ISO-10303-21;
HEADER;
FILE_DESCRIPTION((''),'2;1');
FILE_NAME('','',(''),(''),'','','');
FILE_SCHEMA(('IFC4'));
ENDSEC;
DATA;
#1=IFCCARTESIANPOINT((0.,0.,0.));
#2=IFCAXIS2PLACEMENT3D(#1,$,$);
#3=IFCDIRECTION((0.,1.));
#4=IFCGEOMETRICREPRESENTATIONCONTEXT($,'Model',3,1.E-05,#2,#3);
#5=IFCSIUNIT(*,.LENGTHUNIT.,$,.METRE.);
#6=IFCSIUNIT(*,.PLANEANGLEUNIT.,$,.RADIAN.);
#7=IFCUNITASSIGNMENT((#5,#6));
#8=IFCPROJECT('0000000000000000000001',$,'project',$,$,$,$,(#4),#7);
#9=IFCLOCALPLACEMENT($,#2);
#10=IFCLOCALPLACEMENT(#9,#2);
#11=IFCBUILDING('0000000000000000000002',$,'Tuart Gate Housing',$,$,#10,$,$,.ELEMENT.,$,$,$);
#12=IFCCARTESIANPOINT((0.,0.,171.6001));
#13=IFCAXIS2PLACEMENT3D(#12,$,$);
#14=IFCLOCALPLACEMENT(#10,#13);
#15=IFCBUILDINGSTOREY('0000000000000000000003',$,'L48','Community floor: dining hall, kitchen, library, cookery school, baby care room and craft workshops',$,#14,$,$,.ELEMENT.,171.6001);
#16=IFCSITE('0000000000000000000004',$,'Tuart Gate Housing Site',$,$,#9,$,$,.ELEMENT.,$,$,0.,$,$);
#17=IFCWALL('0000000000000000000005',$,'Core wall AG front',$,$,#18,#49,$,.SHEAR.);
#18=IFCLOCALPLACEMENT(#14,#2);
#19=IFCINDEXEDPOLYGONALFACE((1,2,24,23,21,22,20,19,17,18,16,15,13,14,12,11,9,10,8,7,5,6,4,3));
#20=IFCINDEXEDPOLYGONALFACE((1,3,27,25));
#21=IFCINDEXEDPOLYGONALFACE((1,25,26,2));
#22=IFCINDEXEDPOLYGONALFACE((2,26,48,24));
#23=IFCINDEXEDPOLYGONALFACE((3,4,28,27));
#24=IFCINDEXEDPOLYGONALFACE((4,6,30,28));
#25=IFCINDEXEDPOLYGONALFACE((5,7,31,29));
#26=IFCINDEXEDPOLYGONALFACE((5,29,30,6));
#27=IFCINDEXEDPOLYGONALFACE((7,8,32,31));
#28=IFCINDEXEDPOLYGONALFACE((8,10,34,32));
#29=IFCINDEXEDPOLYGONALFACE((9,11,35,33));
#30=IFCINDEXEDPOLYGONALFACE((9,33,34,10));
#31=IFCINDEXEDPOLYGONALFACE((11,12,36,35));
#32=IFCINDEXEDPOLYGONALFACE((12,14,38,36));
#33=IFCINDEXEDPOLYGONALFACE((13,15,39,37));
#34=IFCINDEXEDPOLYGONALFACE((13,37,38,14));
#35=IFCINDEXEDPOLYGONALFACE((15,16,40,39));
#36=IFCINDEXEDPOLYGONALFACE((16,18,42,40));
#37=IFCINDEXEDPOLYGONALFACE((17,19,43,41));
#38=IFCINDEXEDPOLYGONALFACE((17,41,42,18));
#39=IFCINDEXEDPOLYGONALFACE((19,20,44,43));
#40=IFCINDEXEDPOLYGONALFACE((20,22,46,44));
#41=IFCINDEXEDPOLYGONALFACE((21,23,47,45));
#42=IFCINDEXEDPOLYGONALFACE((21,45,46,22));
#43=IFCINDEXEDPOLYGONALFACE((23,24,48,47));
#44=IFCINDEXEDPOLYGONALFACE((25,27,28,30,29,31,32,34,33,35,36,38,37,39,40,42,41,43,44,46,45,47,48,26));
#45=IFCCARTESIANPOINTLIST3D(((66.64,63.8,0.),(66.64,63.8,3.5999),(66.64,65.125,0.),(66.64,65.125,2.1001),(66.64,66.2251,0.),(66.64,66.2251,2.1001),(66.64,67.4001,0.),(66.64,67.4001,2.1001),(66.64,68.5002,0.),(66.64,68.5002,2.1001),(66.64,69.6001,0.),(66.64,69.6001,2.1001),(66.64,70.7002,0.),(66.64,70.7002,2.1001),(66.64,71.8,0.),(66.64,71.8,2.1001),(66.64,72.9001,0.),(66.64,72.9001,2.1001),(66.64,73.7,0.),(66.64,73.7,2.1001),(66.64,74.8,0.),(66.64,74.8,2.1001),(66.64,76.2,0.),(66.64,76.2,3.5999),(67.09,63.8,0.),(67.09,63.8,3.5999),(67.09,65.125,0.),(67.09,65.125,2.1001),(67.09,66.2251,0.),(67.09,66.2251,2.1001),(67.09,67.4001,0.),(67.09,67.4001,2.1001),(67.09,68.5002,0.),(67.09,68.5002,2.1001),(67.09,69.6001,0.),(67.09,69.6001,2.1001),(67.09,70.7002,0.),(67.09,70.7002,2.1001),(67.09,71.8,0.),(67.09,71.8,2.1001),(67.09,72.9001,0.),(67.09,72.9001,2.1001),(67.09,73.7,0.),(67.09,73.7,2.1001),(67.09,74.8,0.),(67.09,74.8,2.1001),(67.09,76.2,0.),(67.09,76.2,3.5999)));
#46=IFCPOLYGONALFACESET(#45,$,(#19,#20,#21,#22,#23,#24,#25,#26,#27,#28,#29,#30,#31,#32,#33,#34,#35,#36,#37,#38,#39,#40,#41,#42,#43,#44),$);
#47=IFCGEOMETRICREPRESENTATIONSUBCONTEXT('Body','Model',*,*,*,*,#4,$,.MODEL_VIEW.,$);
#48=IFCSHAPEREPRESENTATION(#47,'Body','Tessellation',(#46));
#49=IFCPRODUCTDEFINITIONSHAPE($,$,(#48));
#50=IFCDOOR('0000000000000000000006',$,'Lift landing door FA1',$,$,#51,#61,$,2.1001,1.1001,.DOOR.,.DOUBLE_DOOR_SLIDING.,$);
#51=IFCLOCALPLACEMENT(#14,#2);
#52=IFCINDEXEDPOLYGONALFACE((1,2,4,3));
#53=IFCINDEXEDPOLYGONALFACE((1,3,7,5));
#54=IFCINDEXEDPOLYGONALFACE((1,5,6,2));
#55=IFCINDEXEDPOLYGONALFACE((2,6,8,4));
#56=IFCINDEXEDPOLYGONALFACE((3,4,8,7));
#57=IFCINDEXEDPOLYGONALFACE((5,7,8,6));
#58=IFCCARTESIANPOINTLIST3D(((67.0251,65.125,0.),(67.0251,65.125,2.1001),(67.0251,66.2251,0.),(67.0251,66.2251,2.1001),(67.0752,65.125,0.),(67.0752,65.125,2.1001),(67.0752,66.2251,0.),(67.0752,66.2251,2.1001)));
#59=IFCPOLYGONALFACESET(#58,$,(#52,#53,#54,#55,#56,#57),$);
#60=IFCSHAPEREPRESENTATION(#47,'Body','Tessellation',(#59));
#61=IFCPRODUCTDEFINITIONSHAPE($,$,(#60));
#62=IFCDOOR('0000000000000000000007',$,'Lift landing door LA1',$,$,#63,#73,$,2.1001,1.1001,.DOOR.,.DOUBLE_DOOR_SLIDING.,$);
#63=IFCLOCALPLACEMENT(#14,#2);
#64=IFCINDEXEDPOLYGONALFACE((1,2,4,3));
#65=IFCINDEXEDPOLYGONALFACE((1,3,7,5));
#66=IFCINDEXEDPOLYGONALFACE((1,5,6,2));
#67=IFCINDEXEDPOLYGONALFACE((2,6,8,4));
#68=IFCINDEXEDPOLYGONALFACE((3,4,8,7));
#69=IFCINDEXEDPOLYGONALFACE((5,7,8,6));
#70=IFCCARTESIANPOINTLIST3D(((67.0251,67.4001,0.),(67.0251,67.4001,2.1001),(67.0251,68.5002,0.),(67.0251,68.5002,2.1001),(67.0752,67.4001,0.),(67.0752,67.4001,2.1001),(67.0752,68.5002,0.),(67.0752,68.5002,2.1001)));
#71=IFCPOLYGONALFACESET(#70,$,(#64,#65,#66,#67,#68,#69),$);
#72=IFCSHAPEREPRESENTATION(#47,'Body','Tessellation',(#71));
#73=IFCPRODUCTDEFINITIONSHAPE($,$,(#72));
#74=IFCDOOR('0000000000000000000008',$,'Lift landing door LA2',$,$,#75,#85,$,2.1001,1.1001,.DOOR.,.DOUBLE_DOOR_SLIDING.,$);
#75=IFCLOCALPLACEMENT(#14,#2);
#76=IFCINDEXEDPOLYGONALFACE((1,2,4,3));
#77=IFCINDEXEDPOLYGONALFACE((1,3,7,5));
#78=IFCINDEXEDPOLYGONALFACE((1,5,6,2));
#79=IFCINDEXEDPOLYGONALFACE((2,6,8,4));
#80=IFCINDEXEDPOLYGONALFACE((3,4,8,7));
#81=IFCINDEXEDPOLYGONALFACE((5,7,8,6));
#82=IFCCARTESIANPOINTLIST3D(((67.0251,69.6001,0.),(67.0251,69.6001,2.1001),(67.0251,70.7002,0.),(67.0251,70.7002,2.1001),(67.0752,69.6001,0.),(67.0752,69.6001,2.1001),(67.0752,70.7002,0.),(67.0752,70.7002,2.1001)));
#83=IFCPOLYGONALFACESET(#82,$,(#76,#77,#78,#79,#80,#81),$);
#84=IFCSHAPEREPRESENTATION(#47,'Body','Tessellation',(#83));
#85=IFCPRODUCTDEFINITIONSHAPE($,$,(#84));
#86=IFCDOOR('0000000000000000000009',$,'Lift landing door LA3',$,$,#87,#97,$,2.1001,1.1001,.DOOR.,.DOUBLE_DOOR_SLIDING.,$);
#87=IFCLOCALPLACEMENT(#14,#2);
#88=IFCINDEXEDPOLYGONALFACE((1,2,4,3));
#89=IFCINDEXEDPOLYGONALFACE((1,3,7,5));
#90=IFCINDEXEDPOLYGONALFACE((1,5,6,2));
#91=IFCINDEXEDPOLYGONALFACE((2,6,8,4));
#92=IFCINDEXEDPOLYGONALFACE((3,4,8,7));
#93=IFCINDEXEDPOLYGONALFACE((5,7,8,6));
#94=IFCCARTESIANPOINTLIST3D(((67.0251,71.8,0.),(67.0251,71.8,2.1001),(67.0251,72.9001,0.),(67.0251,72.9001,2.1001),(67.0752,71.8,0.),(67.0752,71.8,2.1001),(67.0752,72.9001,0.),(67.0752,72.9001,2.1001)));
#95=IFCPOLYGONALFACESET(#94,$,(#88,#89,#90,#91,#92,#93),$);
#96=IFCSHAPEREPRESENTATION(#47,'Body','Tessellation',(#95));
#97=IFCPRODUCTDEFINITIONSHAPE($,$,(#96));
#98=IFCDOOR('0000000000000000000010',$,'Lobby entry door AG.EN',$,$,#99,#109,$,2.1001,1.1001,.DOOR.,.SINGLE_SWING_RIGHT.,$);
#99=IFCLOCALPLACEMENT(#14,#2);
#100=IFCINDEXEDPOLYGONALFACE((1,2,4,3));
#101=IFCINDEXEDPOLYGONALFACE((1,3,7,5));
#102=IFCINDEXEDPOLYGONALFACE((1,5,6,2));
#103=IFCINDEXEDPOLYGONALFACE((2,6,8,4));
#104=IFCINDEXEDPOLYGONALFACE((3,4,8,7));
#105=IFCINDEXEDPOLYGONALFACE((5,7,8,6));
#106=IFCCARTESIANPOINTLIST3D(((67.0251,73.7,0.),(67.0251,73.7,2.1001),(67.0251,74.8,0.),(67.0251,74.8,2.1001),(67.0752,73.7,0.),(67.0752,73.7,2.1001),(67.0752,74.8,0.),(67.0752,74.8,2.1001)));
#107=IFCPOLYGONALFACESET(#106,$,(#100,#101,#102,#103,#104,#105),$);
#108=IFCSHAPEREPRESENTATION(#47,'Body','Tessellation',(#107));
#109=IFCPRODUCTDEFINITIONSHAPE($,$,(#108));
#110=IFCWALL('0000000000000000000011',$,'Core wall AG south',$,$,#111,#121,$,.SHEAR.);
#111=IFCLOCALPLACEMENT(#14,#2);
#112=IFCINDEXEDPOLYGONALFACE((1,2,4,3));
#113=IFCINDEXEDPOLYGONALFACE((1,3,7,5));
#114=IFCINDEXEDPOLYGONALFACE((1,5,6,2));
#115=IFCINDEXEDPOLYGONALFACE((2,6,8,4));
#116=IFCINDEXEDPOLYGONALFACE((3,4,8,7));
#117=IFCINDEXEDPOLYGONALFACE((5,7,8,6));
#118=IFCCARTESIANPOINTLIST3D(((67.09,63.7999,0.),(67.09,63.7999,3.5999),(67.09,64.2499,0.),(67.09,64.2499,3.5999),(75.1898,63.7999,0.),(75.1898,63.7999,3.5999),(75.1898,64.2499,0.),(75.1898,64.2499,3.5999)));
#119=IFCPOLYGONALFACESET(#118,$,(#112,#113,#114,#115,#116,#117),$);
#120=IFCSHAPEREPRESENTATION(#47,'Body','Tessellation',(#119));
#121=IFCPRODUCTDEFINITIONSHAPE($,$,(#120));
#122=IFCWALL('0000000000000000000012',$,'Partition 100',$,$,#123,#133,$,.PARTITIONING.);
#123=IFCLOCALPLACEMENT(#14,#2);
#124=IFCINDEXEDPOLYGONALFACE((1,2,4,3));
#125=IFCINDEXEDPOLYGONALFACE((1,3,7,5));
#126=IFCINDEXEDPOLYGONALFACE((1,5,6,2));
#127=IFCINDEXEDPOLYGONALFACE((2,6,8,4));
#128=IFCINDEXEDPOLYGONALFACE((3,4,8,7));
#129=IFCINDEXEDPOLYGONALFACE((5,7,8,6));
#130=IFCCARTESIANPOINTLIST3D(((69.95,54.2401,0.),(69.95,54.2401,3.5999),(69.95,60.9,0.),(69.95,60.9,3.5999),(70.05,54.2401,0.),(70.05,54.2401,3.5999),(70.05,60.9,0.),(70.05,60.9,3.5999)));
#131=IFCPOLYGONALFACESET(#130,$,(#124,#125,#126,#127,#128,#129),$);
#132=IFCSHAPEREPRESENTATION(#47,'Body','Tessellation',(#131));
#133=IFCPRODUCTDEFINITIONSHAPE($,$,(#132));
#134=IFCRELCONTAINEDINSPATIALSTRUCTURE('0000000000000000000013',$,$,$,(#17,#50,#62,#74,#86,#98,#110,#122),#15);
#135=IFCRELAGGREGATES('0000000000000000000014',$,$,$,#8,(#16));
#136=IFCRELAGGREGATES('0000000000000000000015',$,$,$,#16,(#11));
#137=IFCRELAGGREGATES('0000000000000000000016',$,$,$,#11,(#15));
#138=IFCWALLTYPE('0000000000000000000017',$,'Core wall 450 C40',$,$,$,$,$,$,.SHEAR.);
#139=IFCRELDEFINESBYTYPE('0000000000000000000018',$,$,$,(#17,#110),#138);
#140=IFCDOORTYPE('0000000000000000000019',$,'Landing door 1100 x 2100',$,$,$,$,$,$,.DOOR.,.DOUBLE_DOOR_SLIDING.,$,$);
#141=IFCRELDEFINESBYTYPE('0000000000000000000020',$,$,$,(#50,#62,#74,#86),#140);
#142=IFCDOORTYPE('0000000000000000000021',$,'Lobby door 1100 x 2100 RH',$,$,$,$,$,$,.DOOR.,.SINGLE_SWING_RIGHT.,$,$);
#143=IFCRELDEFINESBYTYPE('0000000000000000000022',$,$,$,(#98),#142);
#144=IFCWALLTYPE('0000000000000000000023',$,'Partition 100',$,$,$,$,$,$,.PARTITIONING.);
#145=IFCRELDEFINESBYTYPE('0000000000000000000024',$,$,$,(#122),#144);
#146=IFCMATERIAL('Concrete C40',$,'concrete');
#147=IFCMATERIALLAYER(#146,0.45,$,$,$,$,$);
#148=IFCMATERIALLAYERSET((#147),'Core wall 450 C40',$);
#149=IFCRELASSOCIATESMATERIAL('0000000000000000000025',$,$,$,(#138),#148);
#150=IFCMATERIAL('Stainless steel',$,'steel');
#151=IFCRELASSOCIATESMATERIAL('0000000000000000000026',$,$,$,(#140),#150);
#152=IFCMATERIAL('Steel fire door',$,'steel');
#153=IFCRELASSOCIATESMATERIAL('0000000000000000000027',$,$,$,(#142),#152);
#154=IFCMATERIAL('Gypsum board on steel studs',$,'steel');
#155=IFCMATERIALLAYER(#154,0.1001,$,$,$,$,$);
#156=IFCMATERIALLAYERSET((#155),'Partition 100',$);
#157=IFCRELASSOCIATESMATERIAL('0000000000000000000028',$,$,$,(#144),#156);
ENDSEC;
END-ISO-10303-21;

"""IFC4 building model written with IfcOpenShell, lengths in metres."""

from ifc_helpers import new_model, si_unit, direction, frame, frame_2d, origin, place, context, subcontext, project, spatial, rectangle, extrude, material, layer, layer_set, type_object, element, fill, save


model = new_model("IFC4")

# Units and contexts
model_context = context("Model", 3, precision=1e-05, world=origin(), true_north=direction((0.0, 1.0)))
body_context = subcontext(model_context, "Body", "Model", "MODEL_VIEW")
ifc_project = project(units=[si_unit("LENGTHUNIT", "METRE"), si_unit("PLANEANGLEUNIT", "RADIAN")], contexts=[model_context])

# Site, building, storey
site_placement = place(None, origin())
site = spatial("IfcSite", under=ifc_project, at=site_placement, Name="Tuart Gate Housing Site", CompositionType="ELEMENT", RefElevation=0.0)
building_placement = place(site_placement, origin())
building = spatial("IfcBuilding", under=site, at=building_placement, Name="Tuart Gate Housing", CompositionType="ELEMENT")
storey_placement = place(building_placement, frame((0.0, 0.0, 171.6001)))
storey = spatial("IfcBuildingStorey", under=building, at=storey_placement, Name="L48", Description="Community floor: dining hall, kitchen, library, cookery school, baby care room and craft workshops", CompositionType="ELEMENT", Elevation=171.6001)

# Wall, openings, doors
ifc_material_1 = material(Name="Concrete C40", Category="concrete")
ifc_layer_1 = layer(ifc_material_1, 0.45)
ifc_layer_set_1 = layer_set([ifc_layer_1], Name="Core wall 450 C40")
wall_type_1 = type_object("IfcWallType", Name="Core wall 450 C40", PredefinedType="SHEAR", material=ifc_layer_set_1)
wall_1_placement = place(storey_placement, frame((66.865, 63.8, 0.0), z_axis=(0.0, 0.0, 1.0), x_axis=(0.0, 1.0, 0.0)))
wall_1 = element("IfcWall", 1, at=wall_1_placement, inside=storey, type_object=wall_type_1, Name="Core wall AG front", PredefinedType="SHEAR", context=body_context, shape_type="SweptSolid", body=[
    extrude(rectangle(XDim=12.3999, YDim=0.45, at=frame_2d((6.2, 0.0))), origin(), (0.0, 0.0, 1.0), 3.5999),
])
opening_1_placement = place(wall_1_placement, frame((1.325, 0.0, 0.0)))
opening_1 = element("IfcOpeningElement", 2, at=opening_1_placement, cuts=wall_1, PredefinedType="OPENING", context=body_context, shape_type="SweptSolid", body=[
    extrude(rectangle(XDim=1.1001, YDim=2.1001, at=frame_2d((0.55, 1.05))), frame((0.0, 0.2349, 0.0), z_axis=(0.0, -1.0, 0.0), x_axis=(1.0, 0.0, 0.0)), (0.0, 0.0, 1.0), 0.47),
])
opening_2_placement = place(wall_1_placement, frame((3.6001, 0.0, 0.0)))
opening_2 = element("IfcOpeningElement", 3, at=opening_2_placement, cuts=wall_1, PredefinedType="OPENING", context=body_context, shape_type="SweptSolid", body=[
    extrude(rectangle(XDim=1.1001, YDim=2.1001, at=frame_2d((0.55, 1.05))), frame((0.0, 0.2349, 0.0), z_axis=(0.0, -1.0, 0.0), x_axis=(1.0, 0.0, 0.0)), (0.0, 0.0, 1.0), 0.47),
])
opening_3_placement = place(wall_1_placement, frame((5.8, 0.0, 0.0)))
opening_3 = element("IfcOpeningElement", 4, at=opening_3_placement, cuts=wall_1, PredefinedType="OPENING", context=body_context, shape_type="SweptSolid", body=[
    extrude(rectangle(XDim=1.1001, YDim=2.1001, at=frame_2d((0.55, 1.05))), frame((0.0, 0.2349, 0.0), z_axis=(0.0, -1.0, 0.0), x_axis=(1.0, 0.0, 0.0)), (0.0, 0.0, 1.0), 0.47),
])
opening_4_placement = place(wall_1_placement, frame((8.0, 0.0, 0.0)))
opening_4 = element("IfcOpeningElement", 5, at=opening_4_placement, cuts=wall_1, PredefinedType="OPENING", context=body_context, shape_type="SweptSolid", body=[
    extrude(rectangle(XDim=1.1001, YDim=2.1001, at=frame_2d((0.55, 1.05))), frame((0.0, 0.2349, 0.0), z_axis=(0.0, -1.0, 0.0), x_axis=(1.0, 0.0, 0.0)), (0.0, 0.0, 1.0), 0.47),
])
opening_5_placement = place(wall_1_placement, frame((9.8999, 0.0, 0.0)))
opening_5 = element("IfcOpeningElement", 6, at=opening_5_placement, cuts=wall_1, PredefinedType="OPENING", context=body_context, shape_type="SweptSolid", body=[
    extrude(rectangle(XDim=1.1001, YDim=2.1001, at=frame_2d((0.55, 1.05))), frame((0.0, 0.2349, 0.0), z_axis=(0.0, -1.0, 0.0), x_axis=(1.0, 0.0, 0.0)), (0.0, 0.0, 1.0), 0.47),
])
ifc_material_2 = material(Name="Stainless steel", Category="steel")
door_type_1 = type_object("IfcDoorType", Name="Landing door 1100 x 2100", OperationType="DOUBLE_DOOR_SLIDING", PredefinedType="DOOR", material=ifc_material_2)
door_1_placement = place(opening_1_placement, origin())
door_1 = element("IfcDoor", 7, at=door_1_placement, inside=storey, type_object=door_type_1, Name="Lift landing door FA1", OperationType="DOUBLE_DOOR_SLIDING", OverallHeight=2.1001, OverallWidth=1.1001, PredefinedType="DOOR", context=body_context, shape_type="SweptSolid", body=[
    extrude(rectangle(XDim=1.1001, YDim=2.1001, at=frame_2d((0.55, 1.05))), frame((0.0, -0.1602, 0.0), z_axis=(0.0, -1.0, 0.0), x_axis=(1.0, 0.0, 0.0)), (0.0, 0.0, 1.0), 0.05),
])
fill(opening_1, door_1)
door_2_placement = place(opening_2_placement, origin())
door_2 = element("IfcDoor", 8, at=door_2_placement, inside=storey, type_object=door_type_1, Name="Lift landing door LA1", OperationType="DOUBLE_DOOR_SLIDING", OverallHeight=2.1001, OverallWidth=1.1001, PredefinedType="DOOR", context=body_context, shape_type="SweptSolid", body=[
    extrude(rectangle(XDim=1.1001, YDim=2.1001, at=frame_2d((0.55, 1.05))), frame((0.0, -0.1602, 0.0), z_axis=(0.0, -1.0, 0.0), x_axis=(1.0, 0.0, 0.0)), (0.0, 0.0, 1.0), 0.05),
])
fill(opening_2, door_2)
door_3_placement = place(opening_3_placement, origin())
door_3 = element("IfcDoor", 9, at=door_3_placement, inside=storey, type_object=door_type_1, Name="Lift landing door LA2", OperationType="DOUBLE_DOOR_SLIDING", OverallHeight=2.1001, OverallWidth=1.1001, PredefinedType="DOOR", context=body_context, shape_type="SweptSolid", body=[
    extrude(rectangle(XDim=1.1001, YDim=2.1001, at=frame_2d((0.55, 1.05))), frame((0.0, -0.1602, 0.0), z_axis=(0.0, -1.0, 0.0), x_axis=(1.0, 0.0, 0.0)), (0.0, 0.0, 1.0), 0.05),
])
fill(opening_3, door_3)
door_4_placement = place(opening_4_placement, origin())
door_4 = element("IfcDoor", 10, at=door_4_placement, inside=storey, type_object=door_type_1, Name="Lift landing door LA3", OperationType="DOUBLE_DOOR_SLIDING", OverallHeight=2.1001, OverallWidth=1.1001, PredefinedType="DOOR", context=body_context, shape_type="SweptSolid", body=[
    extrude(rectangle(XDim=1.1001, YDim=2.1001, at=frame_2d((0.55, 1.05))), frame((0.0, -0.1602, 0.0), z_axis=(0.0, -1.0, 0.0), x_axis=(1.0, 0.0, 0.0)), (0.0, 0.0, 1.0), 0.05),
])
fill(opening_4, door_4)
ifc_material_3 = material(Name="Steel fire door", Category="steel")
door_type_2 = type_object("IfcDoorType", Name="Lobby door 1100 x 2100 RH", OperationType="SINGLE_SWING_RIGHT", PredefinedType="DOOR", material=ifc_material_3)
door_5_placement = place(opening_5_placement, frame((1.1001, 0.0, 0.0), z_axis=(0.0, 0.0, 1.0), x_axis=(-1.0, 0.0, 0.0)))
door_5 = element("IfcDoor", 11, at=door_5_placement, inside=storey, type_object=door_type_2, Name="Lobby entry door AG.EN", OperationType="SINGLE_SWING_RIGHT", OverallHeight=2.1001, OverallWidth=1.1001, PredefinedType="DOOR", context=body_context, shape_type="SweptSolid", body=[
    extrude(rectangle(XDim=1.1001, YDim=2.1001, at=frame_2d((0.55, 1.05))), frame((0.0, 0.2102, 0.0), z_axis=(0.0, -1.0, 0.0), x_axis=(1.0, 0.0, 0.0)), (0.0, 0.0, 1.0), 0.05),
])
fill(opening_5, door_5)

# Walls
wall_2_placement = place(storey_placement, frame((67.0901, 64.0249, 0.0), z_axis=(0.0, 0.0, 1.0), x_axis=(1.0, 0.0, 0.0)))
element("IfcWall", 12, at=wall_2_placement, inside=storey, type_object=wall_type_1, Name="Core wall AG south", PredefinedType="SHEAR", context=body_context, shape_type="SweptSolid", body=[
    extrude(rectangle(XDim=8.0999, YDim=0.45, at=frame_2d((4.0498, 0.0))), origin(), (0.0, 0.0, 1.0), 3.5999),
])
ifc_material_4 = material(Name="Gypsum board on steel studs", Category="steel")
ifc_layer_2 = layer(ifc_material_4, 0.1001)
ifc_layer_set_2 = layer_set([ifc_layer_2], Name="Partition 100")
wall_type_2 = type_object("IfcWallType", Name="Partition 100", PredefinedType="PARTITIONING", material=ifc_layer_set_2)
wall_3_placement = place(storey_placement, frame((70.0, 54.24, 0.0), z_axis=(0.0, 0.0, 1.0), x_axis=(0.0, 1.0, 0.0)))
element("IfcWall", 13, at=wall_3_placement, inside=storey, type_object=wall_type_2, Name="Partition 100", PredefinedType="PARTITIONING", context=body_context, shape_type="SweptSolid", body=[
    extrude(rectangle(XDim=6.6599, YDim=0.1001, at=frame_2d((3.3301, 0.0))), origin(), (0.0, 0.0, 1.0), 3.5999),
])

save(model, "model.ifc")
